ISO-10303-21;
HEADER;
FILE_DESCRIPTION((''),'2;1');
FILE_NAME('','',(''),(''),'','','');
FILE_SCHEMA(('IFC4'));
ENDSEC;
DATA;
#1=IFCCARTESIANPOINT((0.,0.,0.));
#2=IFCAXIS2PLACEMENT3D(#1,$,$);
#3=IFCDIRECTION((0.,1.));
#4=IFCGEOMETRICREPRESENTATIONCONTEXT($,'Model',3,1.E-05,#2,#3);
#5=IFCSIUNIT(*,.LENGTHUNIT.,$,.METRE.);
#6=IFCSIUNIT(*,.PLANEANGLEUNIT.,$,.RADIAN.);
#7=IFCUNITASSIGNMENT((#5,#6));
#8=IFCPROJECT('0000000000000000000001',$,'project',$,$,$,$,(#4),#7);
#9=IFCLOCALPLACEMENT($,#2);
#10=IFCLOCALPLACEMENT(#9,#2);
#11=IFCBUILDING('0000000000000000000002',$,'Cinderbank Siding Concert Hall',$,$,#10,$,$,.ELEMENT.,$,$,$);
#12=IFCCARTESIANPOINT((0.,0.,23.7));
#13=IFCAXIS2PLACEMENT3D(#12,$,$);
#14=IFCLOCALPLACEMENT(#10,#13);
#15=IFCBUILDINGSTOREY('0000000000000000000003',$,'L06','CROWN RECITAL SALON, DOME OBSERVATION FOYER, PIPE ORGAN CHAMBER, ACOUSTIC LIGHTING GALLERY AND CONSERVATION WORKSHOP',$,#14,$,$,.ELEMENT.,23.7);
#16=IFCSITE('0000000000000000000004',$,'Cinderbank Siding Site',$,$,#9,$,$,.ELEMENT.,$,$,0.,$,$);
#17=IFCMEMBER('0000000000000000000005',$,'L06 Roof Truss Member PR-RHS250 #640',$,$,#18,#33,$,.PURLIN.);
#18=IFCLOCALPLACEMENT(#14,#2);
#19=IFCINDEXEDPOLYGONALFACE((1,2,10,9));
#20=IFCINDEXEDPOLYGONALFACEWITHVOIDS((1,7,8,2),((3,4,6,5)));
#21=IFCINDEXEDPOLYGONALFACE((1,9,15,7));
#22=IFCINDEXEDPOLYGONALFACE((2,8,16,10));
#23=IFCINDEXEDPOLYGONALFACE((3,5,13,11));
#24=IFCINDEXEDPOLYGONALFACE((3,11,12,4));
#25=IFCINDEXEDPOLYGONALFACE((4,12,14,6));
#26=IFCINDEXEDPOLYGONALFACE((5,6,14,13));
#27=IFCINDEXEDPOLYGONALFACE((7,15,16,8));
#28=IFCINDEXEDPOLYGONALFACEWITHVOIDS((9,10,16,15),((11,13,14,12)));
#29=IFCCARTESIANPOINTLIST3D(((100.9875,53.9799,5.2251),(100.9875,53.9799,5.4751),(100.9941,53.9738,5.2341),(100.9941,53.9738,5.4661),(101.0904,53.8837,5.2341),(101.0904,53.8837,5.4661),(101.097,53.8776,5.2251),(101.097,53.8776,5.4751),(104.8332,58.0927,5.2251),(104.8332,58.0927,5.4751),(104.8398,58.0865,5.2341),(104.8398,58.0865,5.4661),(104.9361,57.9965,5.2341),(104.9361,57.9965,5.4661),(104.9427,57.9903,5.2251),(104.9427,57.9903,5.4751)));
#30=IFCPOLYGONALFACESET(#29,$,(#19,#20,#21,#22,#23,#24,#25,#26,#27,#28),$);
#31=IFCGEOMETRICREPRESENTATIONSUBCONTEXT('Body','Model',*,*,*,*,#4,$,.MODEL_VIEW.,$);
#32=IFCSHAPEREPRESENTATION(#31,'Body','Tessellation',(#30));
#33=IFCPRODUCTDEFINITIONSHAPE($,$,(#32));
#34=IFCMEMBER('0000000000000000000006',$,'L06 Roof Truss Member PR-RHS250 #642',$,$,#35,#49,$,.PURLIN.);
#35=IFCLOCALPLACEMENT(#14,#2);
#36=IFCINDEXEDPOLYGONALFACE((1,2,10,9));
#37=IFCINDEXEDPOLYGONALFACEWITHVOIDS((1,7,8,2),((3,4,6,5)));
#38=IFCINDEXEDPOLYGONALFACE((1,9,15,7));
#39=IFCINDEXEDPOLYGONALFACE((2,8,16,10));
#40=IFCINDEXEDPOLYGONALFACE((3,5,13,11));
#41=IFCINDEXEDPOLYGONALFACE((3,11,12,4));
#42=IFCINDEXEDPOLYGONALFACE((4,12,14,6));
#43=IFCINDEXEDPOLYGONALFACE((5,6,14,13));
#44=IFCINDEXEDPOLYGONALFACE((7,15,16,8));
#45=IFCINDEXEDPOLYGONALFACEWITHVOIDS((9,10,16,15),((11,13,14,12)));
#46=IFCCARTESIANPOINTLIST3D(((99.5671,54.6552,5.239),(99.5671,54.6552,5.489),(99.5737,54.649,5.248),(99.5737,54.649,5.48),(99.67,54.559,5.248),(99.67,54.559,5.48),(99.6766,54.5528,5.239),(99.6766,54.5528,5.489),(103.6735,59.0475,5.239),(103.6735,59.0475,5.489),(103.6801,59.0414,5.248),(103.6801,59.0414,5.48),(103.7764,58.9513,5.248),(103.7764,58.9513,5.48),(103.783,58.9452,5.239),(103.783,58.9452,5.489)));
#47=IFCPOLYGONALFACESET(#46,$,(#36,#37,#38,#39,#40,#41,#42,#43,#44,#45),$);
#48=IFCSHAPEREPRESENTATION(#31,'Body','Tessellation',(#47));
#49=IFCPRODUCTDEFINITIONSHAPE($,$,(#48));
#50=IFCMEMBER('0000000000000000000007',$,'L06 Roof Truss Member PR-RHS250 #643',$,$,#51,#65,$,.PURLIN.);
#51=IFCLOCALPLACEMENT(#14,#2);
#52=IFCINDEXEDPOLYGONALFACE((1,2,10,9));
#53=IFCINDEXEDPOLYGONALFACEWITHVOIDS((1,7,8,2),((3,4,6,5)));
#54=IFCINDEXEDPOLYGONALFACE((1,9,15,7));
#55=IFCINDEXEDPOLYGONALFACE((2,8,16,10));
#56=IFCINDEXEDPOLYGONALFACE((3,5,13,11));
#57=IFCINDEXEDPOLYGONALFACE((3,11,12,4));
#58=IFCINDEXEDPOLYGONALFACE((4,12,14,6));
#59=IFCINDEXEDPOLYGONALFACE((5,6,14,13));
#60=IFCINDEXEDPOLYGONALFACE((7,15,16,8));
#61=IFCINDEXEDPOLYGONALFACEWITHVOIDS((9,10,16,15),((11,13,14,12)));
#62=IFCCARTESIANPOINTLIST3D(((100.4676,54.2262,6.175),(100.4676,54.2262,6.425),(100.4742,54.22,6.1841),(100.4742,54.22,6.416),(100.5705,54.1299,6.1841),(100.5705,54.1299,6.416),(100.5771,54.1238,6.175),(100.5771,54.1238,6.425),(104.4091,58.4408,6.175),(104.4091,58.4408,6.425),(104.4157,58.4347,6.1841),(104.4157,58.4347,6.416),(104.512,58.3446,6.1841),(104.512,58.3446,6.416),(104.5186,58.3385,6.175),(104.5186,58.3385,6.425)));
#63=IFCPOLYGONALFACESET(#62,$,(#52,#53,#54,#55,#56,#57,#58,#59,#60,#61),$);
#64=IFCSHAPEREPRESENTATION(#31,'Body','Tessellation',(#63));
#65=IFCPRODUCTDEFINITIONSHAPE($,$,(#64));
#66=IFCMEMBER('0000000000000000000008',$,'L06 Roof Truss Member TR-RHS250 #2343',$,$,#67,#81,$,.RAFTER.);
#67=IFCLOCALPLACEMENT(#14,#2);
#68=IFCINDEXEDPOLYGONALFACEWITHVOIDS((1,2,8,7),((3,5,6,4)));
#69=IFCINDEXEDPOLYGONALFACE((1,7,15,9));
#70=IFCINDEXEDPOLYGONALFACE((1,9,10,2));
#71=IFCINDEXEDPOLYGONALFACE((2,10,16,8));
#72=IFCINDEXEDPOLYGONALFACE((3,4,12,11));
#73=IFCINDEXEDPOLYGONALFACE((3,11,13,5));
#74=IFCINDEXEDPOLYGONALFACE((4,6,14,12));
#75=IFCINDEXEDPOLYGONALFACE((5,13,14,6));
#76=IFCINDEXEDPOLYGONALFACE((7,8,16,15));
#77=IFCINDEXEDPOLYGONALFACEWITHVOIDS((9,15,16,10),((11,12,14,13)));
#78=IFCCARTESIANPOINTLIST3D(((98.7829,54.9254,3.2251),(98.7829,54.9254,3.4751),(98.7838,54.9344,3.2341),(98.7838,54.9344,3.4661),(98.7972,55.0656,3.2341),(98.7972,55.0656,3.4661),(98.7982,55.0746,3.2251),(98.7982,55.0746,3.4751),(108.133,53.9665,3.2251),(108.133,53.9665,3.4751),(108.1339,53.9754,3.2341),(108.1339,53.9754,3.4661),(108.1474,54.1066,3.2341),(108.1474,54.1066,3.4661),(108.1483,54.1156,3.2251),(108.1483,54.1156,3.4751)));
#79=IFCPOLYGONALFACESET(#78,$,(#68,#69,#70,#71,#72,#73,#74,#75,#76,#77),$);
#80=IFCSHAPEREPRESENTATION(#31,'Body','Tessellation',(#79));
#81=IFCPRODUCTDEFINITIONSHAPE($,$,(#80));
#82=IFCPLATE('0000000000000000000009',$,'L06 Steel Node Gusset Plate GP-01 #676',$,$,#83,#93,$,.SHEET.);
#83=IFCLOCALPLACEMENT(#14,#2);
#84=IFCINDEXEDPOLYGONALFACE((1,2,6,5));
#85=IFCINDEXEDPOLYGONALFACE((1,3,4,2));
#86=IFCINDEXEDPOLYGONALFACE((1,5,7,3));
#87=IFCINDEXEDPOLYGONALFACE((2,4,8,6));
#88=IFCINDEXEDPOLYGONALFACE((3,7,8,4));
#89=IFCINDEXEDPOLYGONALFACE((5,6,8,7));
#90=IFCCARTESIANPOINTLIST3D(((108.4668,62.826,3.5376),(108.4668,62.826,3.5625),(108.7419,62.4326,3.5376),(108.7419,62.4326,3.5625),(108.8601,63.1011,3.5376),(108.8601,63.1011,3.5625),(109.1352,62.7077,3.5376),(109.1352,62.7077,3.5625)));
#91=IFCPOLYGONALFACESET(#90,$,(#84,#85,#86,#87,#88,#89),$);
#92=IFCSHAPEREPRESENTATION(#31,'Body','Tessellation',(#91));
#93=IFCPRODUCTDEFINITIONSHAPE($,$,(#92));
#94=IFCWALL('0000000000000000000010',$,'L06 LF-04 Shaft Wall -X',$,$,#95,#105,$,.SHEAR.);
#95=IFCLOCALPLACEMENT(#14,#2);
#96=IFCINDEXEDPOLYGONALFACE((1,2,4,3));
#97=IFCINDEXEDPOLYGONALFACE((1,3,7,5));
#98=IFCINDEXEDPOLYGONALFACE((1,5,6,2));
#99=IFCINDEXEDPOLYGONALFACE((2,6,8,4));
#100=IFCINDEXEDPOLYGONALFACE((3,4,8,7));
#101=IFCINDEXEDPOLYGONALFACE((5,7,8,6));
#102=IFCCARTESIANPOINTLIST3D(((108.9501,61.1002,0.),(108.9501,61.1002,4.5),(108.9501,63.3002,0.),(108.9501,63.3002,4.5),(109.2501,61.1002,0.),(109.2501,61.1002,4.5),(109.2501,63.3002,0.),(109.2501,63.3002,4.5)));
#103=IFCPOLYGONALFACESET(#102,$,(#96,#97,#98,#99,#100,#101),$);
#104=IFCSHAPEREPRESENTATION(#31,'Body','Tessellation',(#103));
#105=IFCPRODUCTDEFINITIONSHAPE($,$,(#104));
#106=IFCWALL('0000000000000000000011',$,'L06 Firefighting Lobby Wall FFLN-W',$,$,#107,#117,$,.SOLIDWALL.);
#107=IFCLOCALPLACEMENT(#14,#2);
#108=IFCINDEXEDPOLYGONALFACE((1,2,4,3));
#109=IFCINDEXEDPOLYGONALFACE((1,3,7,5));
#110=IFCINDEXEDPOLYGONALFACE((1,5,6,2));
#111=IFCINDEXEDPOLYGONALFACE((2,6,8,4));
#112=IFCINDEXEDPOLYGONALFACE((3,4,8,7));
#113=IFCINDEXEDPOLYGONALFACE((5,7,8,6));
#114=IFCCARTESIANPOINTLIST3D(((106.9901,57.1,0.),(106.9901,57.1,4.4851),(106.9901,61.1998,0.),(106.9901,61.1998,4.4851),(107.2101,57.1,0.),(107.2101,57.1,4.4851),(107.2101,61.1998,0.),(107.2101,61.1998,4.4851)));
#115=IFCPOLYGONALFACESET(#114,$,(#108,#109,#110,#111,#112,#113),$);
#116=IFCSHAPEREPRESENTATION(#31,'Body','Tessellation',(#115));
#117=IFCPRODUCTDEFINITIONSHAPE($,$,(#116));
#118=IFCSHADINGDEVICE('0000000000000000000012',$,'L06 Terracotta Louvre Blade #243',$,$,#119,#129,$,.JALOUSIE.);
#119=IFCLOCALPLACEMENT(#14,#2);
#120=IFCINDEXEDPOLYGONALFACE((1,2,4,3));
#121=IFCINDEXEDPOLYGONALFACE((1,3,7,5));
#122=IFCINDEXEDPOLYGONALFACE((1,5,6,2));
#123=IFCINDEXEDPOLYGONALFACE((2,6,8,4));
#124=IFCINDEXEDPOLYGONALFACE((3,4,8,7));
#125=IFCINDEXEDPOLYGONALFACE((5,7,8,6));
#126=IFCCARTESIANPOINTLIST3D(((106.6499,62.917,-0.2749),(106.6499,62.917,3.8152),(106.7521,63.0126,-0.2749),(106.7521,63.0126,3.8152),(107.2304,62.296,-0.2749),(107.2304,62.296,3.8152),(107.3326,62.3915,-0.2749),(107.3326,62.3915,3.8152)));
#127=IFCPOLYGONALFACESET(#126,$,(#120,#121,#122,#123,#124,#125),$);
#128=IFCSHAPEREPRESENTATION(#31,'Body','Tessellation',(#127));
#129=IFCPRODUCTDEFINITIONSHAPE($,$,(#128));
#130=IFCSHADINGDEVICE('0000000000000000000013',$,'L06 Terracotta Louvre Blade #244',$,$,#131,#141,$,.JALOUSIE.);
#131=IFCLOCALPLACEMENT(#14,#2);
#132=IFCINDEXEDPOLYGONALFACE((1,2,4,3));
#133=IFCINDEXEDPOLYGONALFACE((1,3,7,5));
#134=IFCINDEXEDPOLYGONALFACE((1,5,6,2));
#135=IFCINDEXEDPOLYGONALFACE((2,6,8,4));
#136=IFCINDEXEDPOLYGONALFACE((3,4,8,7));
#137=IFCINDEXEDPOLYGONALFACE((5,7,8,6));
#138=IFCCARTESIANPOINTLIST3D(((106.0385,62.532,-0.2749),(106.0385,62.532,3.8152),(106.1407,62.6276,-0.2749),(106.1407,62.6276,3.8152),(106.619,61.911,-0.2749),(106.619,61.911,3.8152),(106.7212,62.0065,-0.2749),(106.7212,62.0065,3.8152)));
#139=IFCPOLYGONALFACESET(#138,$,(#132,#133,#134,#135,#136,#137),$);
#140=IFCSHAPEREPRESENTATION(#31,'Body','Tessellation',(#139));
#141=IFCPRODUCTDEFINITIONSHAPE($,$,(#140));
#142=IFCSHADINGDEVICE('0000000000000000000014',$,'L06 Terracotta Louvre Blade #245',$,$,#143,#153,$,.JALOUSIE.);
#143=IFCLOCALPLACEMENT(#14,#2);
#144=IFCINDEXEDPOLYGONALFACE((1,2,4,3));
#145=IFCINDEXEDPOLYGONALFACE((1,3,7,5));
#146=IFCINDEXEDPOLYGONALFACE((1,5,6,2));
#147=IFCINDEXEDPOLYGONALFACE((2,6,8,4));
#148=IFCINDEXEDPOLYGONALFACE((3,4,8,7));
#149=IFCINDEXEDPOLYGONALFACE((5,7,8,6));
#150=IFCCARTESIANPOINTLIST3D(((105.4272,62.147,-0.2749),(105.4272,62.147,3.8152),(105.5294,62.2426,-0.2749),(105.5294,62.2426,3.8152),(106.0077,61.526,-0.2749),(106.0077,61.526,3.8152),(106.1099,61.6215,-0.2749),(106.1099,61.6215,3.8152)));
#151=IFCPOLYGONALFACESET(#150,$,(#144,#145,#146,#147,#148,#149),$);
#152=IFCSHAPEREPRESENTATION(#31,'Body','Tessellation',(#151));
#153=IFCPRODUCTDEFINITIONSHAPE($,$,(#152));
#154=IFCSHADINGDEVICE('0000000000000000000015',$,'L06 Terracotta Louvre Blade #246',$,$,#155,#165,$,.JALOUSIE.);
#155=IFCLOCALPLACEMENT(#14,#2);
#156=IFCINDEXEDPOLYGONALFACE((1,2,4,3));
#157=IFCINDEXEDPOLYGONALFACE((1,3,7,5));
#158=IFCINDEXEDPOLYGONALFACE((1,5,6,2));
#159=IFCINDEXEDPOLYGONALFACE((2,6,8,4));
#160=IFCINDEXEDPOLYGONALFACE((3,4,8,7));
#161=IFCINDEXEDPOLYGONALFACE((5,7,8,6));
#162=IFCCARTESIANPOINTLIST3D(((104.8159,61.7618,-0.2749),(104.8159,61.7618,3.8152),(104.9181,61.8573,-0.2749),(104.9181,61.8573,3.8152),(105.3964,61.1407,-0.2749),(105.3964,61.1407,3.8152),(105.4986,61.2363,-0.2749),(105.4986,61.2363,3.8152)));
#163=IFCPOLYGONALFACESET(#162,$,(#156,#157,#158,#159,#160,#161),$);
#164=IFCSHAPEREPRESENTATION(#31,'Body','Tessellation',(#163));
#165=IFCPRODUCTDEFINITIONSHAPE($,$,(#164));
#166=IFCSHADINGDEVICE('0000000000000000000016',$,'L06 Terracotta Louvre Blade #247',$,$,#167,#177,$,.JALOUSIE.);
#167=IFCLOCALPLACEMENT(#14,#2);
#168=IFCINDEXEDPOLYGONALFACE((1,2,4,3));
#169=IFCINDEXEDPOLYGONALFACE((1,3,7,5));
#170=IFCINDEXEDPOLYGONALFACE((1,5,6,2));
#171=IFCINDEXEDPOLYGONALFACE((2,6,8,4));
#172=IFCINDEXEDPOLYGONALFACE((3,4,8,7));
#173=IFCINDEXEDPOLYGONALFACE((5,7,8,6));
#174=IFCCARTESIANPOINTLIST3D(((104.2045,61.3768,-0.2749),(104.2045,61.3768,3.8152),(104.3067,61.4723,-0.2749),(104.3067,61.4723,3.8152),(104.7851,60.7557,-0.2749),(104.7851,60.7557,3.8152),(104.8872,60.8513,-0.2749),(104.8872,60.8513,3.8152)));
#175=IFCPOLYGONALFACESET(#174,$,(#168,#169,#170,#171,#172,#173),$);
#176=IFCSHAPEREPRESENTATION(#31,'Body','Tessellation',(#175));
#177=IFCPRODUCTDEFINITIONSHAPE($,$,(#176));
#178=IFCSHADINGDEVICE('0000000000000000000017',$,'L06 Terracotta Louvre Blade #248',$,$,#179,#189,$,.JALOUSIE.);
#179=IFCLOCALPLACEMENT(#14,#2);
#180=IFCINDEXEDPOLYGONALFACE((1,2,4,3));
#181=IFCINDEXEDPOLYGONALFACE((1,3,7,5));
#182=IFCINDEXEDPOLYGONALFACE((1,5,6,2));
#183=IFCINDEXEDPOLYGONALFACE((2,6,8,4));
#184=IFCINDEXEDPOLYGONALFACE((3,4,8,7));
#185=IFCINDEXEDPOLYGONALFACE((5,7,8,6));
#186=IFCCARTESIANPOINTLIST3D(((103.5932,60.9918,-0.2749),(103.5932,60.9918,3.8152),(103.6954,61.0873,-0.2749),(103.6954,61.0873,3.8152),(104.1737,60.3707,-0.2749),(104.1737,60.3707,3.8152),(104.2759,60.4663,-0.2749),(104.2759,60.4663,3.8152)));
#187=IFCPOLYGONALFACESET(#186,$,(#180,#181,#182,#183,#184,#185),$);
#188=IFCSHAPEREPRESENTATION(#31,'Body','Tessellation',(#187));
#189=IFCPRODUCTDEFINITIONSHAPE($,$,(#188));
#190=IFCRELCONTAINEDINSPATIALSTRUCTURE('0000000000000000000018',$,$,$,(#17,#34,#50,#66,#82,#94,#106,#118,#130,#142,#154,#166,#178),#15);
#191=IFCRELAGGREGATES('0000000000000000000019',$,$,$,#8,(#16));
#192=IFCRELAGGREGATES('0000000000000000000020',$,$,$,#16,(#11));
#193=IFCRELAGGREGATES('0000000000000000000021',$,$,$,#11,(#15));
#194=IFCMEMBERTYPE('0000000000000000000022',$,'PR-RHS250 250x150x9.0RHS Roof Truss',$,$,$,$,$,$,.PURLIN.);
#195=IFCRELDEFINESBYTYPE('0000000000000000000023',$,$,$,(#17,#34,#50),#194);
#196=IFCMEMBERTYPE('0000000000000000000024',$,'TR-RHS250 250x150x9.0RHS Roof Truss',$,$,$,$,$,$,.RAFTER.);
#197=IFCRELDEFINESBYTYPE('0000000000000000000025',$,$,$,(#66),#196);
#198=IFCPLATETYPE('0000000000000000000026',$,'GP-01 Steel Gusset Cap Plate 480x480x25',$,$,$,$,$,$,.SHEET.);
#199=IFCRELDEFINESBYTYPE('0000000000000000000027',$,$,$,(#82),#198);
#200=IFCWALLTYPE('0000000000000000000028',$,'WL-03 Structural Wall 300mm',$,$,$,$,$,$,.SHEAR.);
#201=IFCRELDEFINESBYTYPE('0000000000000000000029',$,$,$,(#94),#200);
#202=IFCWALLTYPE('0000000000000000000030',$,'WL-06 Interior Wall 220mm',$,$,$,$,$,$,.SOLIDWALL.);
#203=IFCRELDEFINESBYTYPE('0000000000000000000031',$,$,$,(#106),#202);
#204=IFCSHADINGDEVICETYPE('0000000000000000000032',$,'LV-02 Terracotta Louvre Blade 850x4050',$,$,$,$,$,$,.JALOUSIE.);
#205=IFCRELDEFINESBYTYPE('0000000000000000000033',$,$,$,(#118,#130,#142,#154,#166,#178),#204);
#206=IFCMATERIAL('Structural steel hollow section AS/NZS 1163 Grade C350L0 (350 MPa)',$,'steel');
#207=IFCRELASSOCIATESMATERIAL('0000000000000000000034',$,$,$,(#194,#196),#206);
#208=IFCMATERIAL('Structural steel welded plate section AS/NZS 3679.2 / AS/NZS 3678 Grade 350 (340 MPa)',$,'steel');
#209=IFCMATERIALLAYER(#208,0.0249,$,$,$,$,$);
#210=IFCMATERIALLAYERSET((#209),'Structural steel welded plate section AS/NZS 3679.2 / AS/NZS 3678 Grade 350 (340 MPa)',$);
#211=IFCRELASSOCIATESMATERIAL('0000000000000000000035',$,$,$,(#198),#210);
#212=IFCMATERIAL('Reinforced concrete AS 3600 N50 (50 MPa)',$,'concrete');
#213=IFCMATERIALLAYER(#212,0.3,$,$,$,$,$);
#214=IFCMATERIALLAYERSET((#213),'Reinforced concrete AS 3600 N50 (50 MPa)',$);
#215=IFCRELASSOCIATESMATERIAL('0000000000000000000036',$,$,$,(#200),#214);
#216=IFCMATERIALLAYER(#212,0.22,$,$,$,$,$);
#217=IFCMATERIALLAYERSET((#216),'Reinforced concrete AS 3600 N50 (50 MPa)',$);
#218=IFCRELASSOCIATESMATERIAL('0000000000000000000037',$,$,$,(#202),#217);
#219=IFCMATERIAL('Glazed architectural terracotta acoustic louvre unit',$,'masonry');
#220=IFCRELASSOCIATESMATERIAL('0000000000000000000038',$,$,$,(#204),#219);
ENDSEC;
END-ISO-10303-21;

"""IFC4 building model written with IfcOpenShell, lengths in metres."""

from ifc_helpers import new_model, si_unit, direction, frame, frame_2d, origin, origin_2d, place, context, subcontext, project, spatial, rectangle, hollow_rectangle, extrude, material, layer, layer_set, material_profile, profile_set, type_object, element, save


model = new_model("IFC4")

# Units and contexts
model_context = context("Model", 3, precision=1e-05, world=origin(), true_north=direction((0.0, 1.0)))
body_context = subcontext(model_context, "Body", "Model", "MODEL_VIEW")
ifc_project = project(units=[si_unit("LENGTHUNIT", "METRE"), si_unit("PLANEANGLEUNIT", "RADIAN")], contexts=[model_context])

# Site, building, storey
site_placement = place(None, origin())
site = spatial("IfcSite", under=ifc_project, at=site_placement, Name="Cinderbank Siding Site", CompositionType="ELEMENT", RefElevation=0.0)
building_placement = place(site_placement, origin())
building = spatial("IfcBuilding", under=site, at=building_placement, Name="Cinderbank Siding Concert Hall", CompositionType="ELEMENT")
storey_placement = place(building_placement, frame((0.0, 0.0, 23.7)))
storey = spatial("IfcBuildingStorey", under=building, at=storey_placement, Name="L06", Description="CROWN RECITAL SALON, DOME OBSERVATION FOYER, PIPE ORGAN CHAMBER, ACOUSTIC LIGHTING GALLERY AND CONSERVATION WORKSHOP", CompositionType="ELEMENT", Elevation=23.7)

# Shared definitions
ifc_material_1 = material(Name="Reinforced concrete AS 3600 N50 (50 MPa)", Category="concrete")

# Members
ifc_material_2 = material(Name="Structural steel hollow section AS/NZS 1163 Grade C350L0 (350 MPa)", Category="steel")
ifc_material_profile_1 = material_profile(ifc_material_2, hollow_rectangle(XDim=0.1499, YDim=0.25, WallThickness=0.009, at=origin_2d()), Name="250x150x9.0RHS", Category="LoadBearing")
ifc_profile_set_1 = profile_set([ifc_material_profile_1], Name="Structural steel hollow section AS/NZS 1163 Grade C350L0 (350 MPa)")
member_type_1 = type_object("IfcMemberType", Name="PR-RHS250 250x150x9.0RHS Roof Truss", PredefinedType="PURLIN", material=ifc_profile_set_1)
member_1_placement = place(storey_placement, frame((104.8879, 58.0415, 5.3501), z_axis=(-0.682992, -0.730426, 0.0), x_axis=(0.730426, -0.682992, 0.0)))
element("IfcMember", 1, at=member_1_placement, inside=storey, type_object=member_type_1, Name="L06 Roof Truss Member PR-RHS250 #640", PredefinedType="PURLIN", context=body_context, shape_type="SweptSolid", body=[
    extrude(hollow_rectangle(XDim=0.1499, YDim=0.25, WallThickness=0.009, at=origin_2d()), origin(), (0.0, 0.0, 1.0), 5.6306),
])
member_2_placement = place(storey_placement, frame((103.7283, 58.9963, 5.364), z_axis=(-0.682934, -0.73048, 0.0), x_axis=(0.73048, -0.682934, 0.0)))
element("IfcMember", 2, at=member_2_placement, inside=storey, type_object=member_type_1, Name="L06 Roof Truss Member PR-RHS250 #642", PredefinedType="PURLIN", context=body_context, shape_type="SweptSolid", body=[
    extrude(hollow_rectangle(XDim=0.1499, YDim=0.25, WallThickness=0.009, at=origin_2d()), origin(), (0.0, 0.0, 1.0), 6.0129),
])
member_3_placement = place(storey_placement, frame((104.4639, 58.3896, 6.3), z_axis=(-0.683038, -0.730382, 0.0), x_axis=(0.730382, -0.683038, 0.0)))
element("IfcMember", 3, at=member_3_placement, inside=storey, type_object=member_type_1, Name="L06 Roof Truss Member PR-RHS250 #643", PredefinedType="PURLIN", context=body_context, shape_type="SweptSolid", body=[
    extrude(hollow_rectangle(XDim=0.1499, YDim=0.25, WallThickness=0.009, at=origin_2d()), origin(), (0.0, 0.0, 1.0), 5.7705),
])
ifc_material_profile_2 = material_profile(ifc_material_2, hollow_rectangle(XDim=0.1499, YDim=0.25, WallThickness=0.009, at=origin_2d()), Name="250x150x9.0RHS", Category="LoadBearing")
ifc_profile_set_2 = profile_set([ifc_material_profile_2], Name="Structural steel hollow section AS/NZS 1163 Grade C350L0 (350 MPa)")
member_type_2 = type_object("IfcMemberType", Name="TR-RHS250 250x150x9.0RHS Roof Truss", PredefinedType="RAFTER", material=ifc_profile_set_2)
member_4_placement = place(storey_placement, frame((108.1406, 54.041, 3.3501), z_axis=(-0.994781, 0.102029, 0.0), x_axis=(-0.102029, -0.994781, 0.0)))
element("IfcMember", 4, at=member_4_placement, inside=storey, type_object=member_type_2, Name="L06 Roof Truss Member TR-RHS250 #2343", PredefinedType="RAFTER", context=body_context, shape_type="SweptSolid", body=[
    extrude(hollow_rectangle(XDim=0.1499, YDim=0.25, WallThickness=0.009, at=origin_2d()), origin(), (0.0, 0.0, 1.0), 9.3992),
])

# Plate
ifc_material_3 = material(Name="Structural steel welded plate section AS/NZS 3679.2 / AS/NZS 3678 Grade 350 (340 MPa)", Category="steel")
ifc_layer_1 = layer(ifc_material_3, 0.0249)
ifc_layer_set_1 = layer_set([ifc_layer_1], Name="Structural steel welded plate section AS/NZS 3679.2 / AS/NZS 3678 Grade 350 (340 MPa)")
plate_type = type_object("IfcPlateType", Name="GP-01 Steel Gusset Cap Plate 480x480x25", PredefinedType="SHEET", material=ifc_layer_set_1)
plate_placement = place(storey_placement, frame((108.801, 62.7668, 3.5376), z_axis=(0.0, 0.0, 1.0), x_axis=(0.573147, -0.819452, 0.0)))
element("IfcPlate", 5, at=plate_placement, inside=storey, type_object=plate_type, Name="L06 Steel Node Gusset Plate GP-01 #676", PredefinedType="SHEET", context=body_context, shape_type="SweptSolid", body=[
    extrude(rectangle(XDim=0.48, YDim=0.48, at=origin_2d()), origin(), (0.0, 0.0, 1.0), 0.0249),
])

# Walls
ifc_layer_2 = layer(ifc_material_1, 0.3)
ifc_layer_set_2 = layer_set([ifc_layer_2], Name="Reinforced concrete AS 3600 N50 (50 MPa)")
wall_type_1 = type_object("IfcWallType", Name="WL-03 Structural Wall 300mm", PredefinedType="SHEAR", material=ifc_layer_set_2)
wall_1_placement = place(storey_placement, frame((109.1001, 61.1001, 0.0), z_axis=(0.0, 0.0, 1.0), x_axis=(0.0, 1.0, 0.0)))
element("IfcWall", 6, at=wall_1_placement, inside=storey, type_object=wall_type_1, Name="L06 LF-04 Shaft Wall -X", PredefinedType="SHEAR", context=body_context, shape_type="SweptSolid", body=[
    extrude(rectangle(XDim=2.2, YDim=0.3, at=frame_2d((1.1001, 0.0))), origin(), (0.0, 0.0, 1.0), 4.5),
])
ifc_layer_3 = layer(ifc_material_1, 0.22)
ifc_layer_set_3 = layer_set([ifc_layer_3], Name="Reinforced concrete AS 3600 N50 (50 MPa)")
wall_type_2 = type_object("IfcWallType", Name="WL-06 Interior Wall 220mm", PredefinedType="SOLIDWALL", material=ifc_layer_set_3)
wall_2_placement = place(storey_placement, frame((107.1001, 57.1001, 0.0), z_axis=(0.0, 0.0, 1.0), x_axis=(0.0, 1.0, 0.0)))
element("IfcWall", 7, at=wall_2_placement, inside=storey, type_object=wall_type_2, Name="L06 Firefighting Lobby Wall FFLN-W", PredefinedType="SOLIDWALL", context=body_context, shape_type="SweptSolid", body=[
    extrude(rectangle(XDim=4.0999, YDim=0.22, at=frame_2d((2.0498, 0.0))), origin(), (0.0, 0.0, 1.0), 4.4851),
])

# Shading devices
ifc_material_4 = material(Name="Glazed architectural terracotta acoustic louvre unit", Category="masonry")
shading_device_type = type_object("IfcShadingDeviceType", Name="LV-02 Terracotta Louvre Blade 850x4050", PredefinedType="JALOUSIE", material=ifc_material_4)
for number, where, z_axis, x_axis, name in (
    (8, (106.9912, 62.6543, -0.2749), (0.0, 0.0, 1.0), (-0.682869, 0.730541, 0.0), "L06 Terracotta Louvre Blade #243"),
    (9, (106.3799, 62.2693, -0.2749), (0.0, 0.0, 1.0), (-0.682869, 0.730541, 0.0), "L06 Terracotta Louvre Blade #244"),
    (10, (105.7686, 61.8843, -0.2749), (0.0, 0.0, 1.0), (-0.682869, 0.730541, 0.0), "L06 Terracotta Louvre Blade #245"),
    (11, (105.1572, 61.499, -0.2749), (0.0, 0.0, 1.0), (-0.682869, 0.730541, 0.0), "L06 Terracotta Louvre Blade #246"),
    (12, (104.5459, 61.114, -0.2749), (0.0, 0.0, 1.0), (-0.682869, 0.730541, 0.0), "L06 Terracotta Louvre Blade #247"),
    (13, (103.9346, 60.729, -0.2749), (0.0, 0.0, 1.0), (-0.682869, 0.730541, 0.0), "L06 Terracotta Louvre Blade #248"),
):
    element("IfcShadingDevice", number, at=place(storey_placement, frame(where, z_axis=z_axis, x_axis=x_axis)), inside=storey, type_object=shading_device_type, Name=name, PredefinedType="JALOUSIE", context=body_context, shape_type="SweptSolid", body=[
        extrude(rectangle(XDim=0.8501, YDim=0.1399, at=origin_2d()), origin(), (0.0, 0.0, 1.0), 4.0901),
    ])

save(model, "model.ifc")
